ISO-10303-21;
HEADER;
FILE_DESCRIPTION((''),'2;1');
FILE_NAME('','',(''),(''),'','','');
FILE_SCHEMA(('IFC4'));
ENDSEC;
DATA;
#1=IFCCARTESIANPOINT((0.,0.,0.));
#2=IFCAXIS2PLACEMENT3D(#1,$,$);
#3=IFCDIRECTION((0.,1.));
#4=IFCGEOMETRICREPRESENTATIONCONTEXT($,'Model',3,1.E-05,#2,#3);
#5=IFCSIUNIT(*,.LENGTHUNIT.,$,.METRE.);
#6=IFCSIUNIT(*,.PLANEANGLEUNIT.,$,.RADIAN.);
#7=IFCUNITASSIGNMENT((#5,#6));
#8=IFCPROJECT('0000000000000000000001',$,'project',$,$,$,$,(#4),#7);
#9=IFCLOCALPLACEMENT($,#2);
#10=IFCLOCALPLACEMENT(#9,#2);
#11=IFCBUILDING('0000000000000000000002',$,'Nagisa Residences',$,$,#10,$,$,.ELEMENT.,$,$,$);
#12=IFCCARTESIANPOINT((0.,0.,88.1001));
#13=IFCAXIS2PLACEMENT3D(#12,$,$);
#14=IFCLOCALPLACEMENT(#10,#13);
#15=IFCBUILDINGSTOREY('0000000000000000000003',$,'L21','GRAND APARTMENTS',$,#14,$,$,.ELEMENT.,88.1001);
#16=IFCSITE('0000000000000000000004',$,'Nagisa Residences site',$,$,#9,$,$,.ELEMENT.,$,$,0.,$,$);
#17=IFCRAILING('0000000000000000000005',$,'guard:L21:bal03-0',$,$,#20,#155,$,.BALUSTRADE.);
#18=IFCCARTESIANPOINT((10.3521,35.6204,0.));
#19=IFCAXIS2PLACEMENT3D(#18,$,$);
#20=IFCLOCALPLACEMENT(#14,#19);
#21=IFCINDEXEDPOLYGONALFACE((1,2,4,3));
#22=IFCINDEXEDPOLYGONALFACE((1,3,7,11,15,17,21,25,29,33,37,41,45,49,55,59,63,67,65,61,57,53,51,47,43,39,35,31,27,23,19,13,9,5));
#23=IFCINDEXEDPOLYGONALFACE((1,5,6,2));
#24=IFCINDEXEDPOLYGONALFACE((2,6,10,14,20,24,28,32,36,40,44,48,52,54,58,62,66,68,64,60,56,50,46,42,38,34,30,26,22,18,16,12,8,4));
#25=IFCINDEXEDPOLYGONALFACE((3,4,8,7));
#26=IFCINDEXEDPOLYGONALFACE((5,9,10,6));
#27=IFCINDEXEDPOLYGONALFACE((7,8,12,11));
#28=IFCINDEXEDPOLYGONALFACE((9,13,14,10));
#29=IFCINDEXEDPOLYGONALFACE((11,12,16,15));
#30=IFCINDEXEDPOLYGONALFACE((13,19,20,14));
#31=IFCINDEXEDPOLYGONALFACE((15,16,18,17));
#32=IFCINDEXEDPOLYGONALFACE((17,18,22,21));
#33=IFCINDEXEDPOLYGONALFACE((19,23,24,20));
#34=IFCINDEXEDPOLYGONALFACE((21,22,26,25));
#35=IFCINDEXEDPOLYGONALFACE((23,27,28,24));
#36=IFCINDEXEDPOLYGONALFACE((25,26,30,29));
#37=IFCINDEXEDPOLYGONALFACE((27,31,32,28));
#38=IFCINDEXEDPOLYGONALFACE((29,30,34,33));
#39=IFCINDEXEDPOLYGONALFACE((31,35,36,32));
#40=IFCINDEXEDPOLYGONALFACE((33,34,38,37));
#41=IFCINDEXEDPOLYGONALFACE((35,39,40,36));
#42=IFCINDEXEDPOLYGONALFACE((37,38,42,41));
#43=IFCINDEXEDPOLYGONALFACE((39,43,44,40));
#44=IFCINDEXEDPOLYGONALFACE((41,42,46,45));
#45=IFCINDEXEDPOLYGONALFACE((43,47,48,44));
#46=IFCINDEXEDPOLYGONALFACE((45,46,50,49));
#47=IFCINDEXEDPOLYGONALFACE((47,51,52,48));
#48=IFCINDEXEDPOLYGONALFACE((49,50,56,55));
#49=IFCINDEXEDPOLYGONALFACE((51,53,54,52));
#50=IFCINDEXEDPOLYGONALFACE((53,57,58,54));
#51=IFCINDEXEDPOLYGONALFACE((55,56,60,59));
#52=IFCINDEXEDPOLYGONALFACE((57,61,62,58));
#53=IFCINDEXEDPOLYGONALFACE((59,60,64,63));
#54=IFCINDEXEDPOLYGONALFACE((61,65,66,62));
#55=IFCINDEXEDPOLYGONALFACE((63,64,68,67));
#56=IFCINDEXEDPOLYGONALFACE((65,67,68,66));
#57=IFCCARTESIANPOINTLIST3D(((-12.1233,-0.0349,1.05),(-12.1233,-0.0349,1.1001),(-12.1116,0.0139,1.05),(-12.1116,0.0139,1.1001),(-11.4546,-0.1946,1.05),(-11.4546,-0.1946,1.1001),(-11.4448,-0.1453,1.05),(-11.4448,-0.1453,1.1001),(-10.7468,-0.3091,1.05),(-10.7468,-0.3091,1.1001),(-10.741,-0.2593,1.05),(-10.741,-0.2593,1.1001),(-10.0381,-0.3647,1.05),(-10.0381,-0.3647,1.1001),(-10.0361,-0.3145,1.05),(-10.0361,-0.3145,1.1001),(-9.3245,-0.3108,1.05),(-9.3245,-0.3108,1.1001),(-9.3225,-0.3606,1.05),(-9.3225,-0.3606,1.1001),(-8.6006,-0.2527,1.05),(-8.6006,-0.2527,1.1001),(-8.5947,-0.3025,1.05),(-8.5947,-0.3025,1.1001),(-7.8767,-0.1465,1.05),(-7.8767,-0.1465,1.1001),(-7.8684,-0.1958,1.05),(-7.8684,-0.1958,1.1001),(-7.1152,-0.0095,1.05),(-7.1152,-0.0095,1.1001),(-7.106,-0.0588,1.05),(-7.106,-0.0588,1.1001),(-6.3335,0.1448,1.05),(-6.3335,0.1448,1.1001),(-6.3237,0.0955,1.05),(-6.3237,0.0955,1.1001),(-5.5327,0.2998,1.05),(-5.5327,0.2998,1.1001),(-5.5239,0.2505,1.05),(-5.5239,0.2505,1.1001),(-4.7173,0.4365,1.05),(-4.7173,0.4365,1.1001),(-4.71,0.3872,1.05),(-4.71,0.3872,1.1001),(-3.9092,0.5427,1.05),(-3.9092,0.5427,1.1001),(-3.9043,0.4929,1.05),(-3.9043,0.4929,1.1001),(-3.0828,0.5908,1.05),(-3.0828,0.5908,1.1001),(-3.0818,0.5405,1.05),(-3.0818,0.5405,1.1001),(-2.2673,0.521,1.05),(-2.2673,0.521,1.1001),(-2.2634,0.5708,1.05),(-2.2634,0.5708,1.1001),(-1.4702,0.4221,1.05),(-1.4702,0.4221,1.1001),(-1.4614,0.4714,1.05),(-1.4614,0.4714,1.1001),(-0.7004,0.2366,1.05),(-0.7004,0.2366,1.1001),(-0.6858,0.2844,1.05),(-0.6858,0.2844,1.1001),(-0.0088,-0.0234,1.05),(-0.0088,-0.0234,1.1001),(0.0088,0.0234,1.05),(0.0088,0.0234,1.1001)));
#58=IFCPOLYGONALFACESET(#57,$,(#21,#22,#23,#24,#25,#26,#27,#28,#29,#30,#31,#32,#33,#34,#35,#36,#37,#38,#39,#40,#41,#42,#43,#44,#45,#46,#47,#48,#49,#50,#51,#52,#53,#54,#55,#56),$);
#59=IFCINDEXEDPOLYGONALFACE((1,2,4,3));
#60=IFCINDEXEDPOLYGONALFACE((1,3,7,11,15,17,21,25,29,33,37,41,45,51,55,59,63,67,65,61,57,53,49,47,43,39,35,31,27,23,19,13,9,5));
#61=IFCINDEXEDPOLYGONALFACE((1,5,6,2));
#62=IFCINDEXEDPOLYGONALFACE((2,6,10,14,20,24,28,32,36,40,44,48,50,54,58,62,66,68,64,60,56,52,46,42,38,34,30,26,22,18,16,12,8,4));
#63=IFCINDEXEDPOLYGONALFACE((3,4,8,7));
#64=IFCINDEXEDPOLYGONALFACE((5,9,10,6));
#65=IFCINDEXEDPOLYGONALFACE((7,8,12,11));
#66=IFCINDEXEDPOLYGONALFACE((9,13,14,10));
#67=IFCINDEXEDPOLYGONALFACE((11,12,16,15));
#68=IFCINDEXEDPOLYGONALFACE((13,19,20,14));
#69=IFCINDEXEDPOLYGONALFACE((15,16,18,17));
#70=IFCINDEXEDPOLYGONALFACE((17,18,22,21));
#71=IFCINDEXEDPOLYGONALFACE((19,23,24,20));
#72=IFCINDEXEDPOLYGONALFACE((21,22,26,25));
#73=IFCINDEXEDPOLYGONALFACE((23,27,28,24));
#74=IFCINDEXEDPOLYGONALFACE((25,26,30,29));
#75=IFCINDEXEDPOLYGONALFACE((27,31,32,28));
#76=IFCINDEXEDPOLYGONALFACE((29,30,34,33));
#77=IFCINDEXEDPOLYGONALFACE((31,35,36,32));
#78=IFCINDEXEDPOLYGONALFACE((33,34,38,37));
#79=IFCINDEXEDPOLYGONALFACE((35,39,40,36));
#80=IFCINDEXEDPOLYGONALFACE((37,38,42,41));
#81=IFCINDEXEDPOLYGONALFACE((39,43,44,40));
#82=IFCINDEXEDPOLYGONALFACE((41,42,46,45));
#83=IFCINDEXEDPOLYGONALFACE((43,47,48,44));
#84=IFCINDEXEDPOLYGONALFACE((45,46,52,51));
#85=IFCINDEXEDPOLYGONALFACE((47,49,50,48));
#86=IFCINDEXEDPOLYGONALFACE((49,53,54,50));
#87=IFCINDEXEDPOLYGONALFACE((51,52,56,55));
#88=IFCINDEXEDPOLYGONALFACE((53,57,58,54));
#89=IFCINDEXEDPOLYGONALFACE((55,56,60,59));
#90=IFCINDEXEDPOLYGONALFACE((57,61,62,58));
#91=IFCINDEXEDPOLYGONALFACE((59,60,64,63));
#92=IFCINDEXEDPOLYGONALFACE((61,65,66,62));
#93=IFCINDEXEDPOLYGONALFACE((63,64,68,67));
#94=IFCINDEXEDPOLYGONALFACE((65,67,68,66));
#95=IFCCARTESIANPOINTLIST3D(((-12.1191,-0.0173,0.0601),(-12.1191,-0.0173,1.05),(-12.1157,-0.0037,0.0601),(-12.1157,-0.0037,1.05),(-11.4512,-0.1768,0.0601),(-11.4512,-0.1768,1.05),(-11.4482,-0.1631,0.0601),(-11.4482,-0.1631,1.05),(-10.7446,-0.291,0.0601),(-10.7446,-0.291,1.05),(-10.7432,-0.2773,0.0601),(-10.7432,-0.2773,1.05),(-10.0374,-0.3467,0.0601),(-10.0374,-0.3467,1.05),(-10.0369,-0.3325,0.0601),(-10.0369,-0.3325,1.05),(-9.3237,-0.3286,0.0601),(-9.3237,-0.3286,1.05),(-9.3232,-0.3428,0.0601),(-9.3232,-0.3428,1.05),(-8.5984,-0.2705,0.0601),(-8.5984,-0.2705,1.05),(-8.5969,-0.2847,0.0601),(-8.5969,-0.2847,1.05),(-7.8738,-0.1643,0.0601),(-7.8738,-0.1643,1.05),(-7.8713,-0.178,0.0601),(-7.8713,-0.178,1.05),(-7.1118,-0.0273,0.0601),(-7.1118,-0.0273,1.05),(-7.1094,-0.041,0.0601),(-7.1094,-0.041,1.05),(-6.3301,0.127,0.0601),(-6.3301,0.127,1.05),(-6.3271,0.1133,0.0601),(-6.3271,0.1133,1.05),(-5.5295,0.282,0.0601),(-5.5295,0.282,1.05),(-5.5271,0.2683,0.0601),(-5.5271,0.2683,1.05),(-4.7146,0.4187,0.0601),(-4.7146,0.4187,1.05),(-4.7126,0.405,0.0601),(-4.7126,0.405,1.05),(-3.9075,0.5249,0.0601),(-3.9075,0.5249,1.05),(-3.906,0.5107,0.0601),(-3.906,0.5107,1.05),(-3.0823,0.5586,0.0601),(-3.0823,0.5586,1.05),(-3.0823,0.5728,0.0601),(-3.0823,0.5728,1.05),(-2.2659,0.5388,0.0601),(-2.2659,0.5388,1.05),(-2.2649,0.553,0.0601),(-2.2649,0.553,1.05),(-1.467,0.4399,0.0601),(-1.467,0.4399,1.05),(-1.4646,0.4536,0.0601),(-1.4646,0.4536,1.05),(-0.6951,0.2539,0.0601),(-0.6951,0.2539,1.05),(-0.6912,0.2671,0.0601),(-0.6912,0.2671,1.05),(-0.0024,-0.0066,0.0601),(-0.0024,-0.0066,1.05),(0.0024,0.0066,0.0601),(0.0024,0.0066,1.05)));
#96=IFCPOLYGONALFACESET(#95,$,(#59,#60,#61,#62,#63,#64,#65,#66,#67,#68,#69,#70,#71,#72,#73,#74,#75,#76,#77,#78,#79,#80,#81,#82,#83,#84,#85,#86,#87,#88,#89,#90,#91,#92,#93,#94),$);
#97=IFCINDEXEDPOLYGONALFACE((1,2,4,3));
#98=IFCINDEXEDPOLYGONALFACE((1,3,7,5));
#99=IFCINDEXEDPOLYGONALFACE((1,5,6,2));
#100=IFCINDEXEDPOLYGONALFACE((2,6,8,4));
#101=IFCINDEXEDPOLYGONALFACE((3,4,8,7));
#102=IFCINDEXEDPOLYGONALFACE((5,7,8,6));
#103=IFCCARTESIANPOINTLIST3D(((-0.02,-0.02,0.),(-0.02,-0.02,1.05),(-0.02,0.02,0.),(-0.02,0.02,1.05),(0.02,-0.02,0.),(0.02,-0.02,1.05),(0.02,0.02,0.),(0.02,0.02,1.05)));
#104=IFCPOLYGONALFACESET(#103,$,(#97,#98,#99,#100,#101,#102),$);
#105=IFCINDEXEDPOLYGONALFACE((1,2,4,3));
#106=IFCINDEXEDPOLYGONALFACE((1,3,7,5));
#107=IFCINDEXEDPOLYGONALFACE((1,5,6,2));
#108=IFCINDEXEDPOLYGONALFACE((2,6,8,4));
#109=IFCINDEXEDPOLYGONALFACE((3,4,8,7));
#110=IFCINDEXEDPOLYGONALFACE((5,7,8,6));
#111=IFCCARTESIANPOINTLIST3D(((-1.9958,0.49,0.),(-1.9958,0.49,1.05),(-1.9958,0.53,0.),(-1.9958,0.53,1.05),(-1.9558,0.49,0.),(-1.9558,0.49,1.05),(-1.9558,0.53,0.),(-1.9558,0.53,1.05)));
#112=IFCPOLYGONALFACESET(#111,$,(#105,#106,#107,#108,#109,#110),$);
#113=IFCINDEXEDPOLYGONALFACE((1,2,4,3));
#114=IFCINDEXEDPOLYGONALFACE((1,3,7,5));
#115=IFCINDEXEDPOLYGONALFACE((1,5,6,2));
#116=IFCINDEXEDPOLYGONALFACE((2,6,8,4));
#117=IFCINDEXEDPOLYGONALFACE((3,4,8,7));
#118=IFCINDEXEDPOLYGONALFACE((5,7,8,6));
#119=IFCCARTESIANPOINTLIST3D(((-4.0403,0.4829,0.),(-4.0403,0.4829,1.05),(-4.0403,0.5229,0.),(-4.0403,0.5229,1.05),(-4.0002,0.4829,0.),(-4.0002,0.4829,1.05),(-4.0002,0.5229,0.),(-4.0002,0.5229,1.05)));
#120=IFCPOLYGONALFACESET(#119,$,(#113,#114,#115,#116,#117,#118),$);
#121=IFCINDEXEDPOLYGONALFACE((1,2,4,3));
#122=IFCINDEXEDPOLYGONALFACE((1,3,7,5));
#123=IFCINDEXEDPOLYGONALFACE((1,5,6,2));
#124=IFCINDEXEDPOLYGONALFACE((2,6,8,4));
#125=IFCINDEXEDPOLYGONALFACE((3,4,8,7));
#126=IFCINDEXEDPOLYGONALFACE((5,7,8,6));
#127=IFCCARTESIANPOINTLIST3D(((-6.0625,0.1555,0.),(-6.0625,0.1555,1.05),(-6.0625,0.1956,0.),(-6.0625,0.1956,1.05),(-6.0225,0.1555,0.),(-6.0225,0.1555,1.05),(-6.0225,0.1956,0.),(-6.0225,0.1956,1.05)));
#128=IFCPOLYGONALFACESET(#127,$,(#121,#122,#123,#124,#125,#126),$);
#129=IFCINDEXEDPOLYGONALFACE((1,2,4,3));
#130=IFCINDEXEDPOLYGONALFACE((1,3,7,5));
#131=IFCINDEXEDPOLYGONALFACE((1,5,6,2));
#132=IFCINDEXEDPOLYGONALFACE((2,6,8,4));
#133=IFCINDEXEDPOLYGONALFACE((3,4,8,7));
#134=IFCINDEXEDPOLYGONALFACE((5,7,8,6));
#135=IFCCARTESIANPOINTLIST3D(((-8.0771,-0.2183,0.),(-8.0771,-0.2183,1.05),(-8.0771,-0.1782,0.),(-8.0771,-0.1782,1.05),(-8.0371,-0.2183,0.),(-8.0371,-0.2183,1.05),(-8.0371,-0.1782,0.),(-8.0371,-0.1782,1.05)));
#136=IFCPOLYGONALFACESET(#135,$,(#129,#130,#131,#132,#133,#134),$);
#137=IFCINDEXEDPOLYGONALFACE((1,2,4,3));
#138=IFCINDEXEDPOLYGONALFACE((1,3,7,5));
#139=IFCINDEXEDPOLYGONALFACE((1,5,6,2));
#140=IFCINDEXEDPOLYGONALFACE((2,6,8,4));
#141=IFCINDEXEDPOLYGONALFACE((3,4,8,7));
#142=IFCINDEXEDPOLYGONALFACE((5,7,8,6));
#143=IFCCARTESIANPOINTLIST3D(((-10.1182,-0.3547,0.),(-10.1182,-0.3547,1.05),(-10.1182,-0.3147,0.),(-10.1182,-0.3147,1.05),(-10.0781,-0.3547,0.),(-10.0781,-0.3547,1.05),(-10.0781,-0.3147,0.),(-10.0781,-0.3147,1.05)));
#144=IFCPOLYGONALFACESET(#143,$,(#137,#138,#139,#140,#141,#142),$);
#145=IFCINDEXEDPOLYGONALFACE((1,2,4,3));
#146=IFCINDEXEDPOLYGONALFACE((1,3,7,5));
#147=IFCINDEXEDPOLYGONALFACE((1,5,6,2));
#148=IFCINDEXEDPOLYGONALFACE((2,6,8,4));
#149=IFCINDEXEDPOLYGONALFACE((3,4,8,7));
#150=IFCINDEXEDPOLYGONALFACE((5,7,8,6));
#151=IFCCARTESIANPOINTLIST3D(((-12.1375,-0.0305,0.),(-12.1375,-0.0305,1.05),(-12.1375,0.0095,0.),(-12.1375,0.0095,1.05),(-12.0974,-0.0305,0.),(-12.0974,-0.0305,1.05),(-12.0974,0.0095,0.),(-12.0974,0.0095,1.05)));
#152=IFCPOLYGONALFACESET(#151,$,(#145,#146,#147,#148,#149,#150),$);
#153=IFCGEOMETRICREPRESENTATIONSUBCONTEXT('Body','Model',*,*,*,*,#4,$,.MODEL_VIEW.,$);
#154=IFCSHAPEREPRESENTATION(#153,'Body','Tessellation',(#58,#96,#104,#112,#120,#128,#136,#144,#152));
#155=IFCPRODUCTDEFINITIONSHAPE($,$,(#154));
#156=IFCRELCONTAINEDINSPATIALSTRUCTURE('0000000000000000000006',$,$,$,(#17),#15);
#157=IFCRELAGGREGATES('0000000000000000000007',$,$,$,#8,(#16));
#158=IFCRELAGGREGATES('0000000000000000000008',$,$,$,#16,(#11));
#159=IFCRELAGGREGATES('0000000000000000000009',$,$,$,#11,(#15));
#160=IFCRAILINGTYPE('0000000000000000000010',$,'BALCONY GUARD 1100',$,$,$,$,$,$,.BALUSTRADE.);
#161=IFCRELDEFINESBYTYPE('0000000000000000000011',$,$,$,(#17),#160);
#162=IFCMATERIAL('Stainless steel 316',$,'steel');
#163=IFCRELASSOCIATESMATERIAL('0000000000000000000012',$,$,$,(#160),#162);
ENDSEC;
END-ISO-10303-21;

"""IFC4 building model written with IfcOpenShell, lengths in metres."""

from ifc_helpers import new_model, si_unit, direction, frame, origin, origin_2d, place, context, subcontext, project, spatial, polyline, rectangle, outline, extrude, material, type_object, element, save


model = new_model("IFC4")

# Units and contexts
model_context = context("Model", 3, precision=1e-05, world=origin(), true_north=direction((0.0, 1.0)))
body_context = subcontext(model_context, "Body", "Model", "MODEL_VIEW")
ifc_project = project(units=[si_unit("LENGTHUNIT", "METRE"), si_unit("PLANEANGLEUNIT", "RADIAN")], contexts=[model_context])

# Site, building, storey
site_placement = place(None, origin())
site = spatial("IfcSite", under=ifc_project, at=site_placement, Name="Nagisa Residences site", CompositionType="ELEMENT", RefElevation=0.0)
building_placement = place(site_placement, origin())
building = spatial("IfcBuilding", under=site, at=building_placement, Name="Nagisa Residences", CompositionType="ELEMENT")
storey_placement = place(building_placement, frame((0.0, 0.0, 88.1001)))
storey = spatial("IfcBuildingStorey", under=building, at=storey_placement, Name="L21", Description="GRAND APARTMENTS", CompositionType="ELEMENT", Elevation=88.1001)

# Railing
ifc_material_1 = material(Name="Stainless steel 316", Category="steel")
railing_type = type_object("IfcRailingType", Name="BALCONY GUARD 1100", PredefinedType="BALUSTRADE", material=ifc_material_1)
railing_placement = place(storey_placement, frame((10.3521, 35.6204, 0.0)))
element("IfcRailing", 1, at=railing_placement, inside=storey, type_object=railing_type, Name="guard:L21:bal03-0", PredefinedType="BALUSTRADE", context=body_context, shape_type="SweptSolid", body=[
    extrude(outline(polyline([(-0.7004, 0.2366), (-0.0088, -0.0234), (0.0088, 0.0234), (-0.6858, 0.2844), (-1.4614, 0.4714), (-2.2634, 0.5708), (-3.0828, 0.5908), (-3.9092, 0.5427), (-4.7173, 0.4365), (-5.5327, 0.2998), (-6.3335, 0.1448), (-7.1152, -0.0095), (-7.8767, -0.1465), (-8.6006, -0.2527), (-9.3245, -0.3108), (-10.0361, -0.3145), (-10.741, -0.2593), (-11.4448, -0.1453), (-12.1116, 0.0139), (-12.1233, -0.0349), (-11.4546, -0.1946), (-10.7468, -0.3091), (-10.0381, -0.3647), (-9.3225, -0.3606), (-8.5947, -0.3025), (-7.8684, -0.1958), (-7.106, -0.0588), (-6.3237, 0.0955), (-5.5239, 0.2505), (-4.71, 0.3872), (-3.9043, 0.4929), (-3.0818, 0.5405), (-2.2673, 0.521), (-1.4702, 0.4221), (-0.7004, 0.2366)])), frame((0.0, 0.0, 1.05)), (0.0, 0.0, 1.0), 0.05),
    extrude(outline(polyline([(-0.6951, 0.2539), (-0.0024, -0.0066), (0.0024, 0.0066), (-0.6912, 0.2671), (-1.4646, 0.4536), (-2.2649, 0.553), (-3.0823, 0.5728), (-3.9075, 0.5249), (-4.7146, 0.4187), (-5.5295, 0.282), (-6.3301, 0.127), (-7.1118, -0.0273), (-7.8738, -0.1643), (-8.5984, -0.2705), (-9.3237, -0.3286), (-10.0369, -0.3325), (-10.7432, -0.2773), (-11.4482, -0.1631), (-12.1157, -0.0037), (-12.1191, -0.0173), (-11.4512, -0.1768), (-10.7446, -0.291), (-10.0374, -0.3467), (-9.3232, -0.3428), (-8.5969, -0.2847), (-7.8713, -0.178), (-7.1094, -0.041), (-6.3271, 0.1133), (-5.5271, 0.2683), (-4.7126, 0.405), (-3.906, 0.5107), (-3.0823, 0.5586), (-2.2659, 0.5388), (-1.467, 0.4399), (-0.6951, 0.2539)])), frame((0.0, 0.0, 0.0601)), (0.0, 0.0, 1.0), 0.99),
    extrude(rectangle(XDim=0.04, YDim=0.04, at=origin_2d()), origin(), (0.0, 0.0, 1.0), 1.05),
    extrude(rectangle(XDim=0.04, YDim=0.04, at=origin_2d()), frame((-1.9758, 0.51, 0.0)), (0.0, 0.0, 1.0), 1.05),
    extrude(rectangle(XDim=0.04, YDim=0.04, at=origin_2d()), frame((-4.0203, 0.5029, 0.0)), (0.0, 0.0, 1.0), 1.05),
    extrude(rectangle(XDim=0.04, YDim=0.04, at=origin_2d()), frame((-6.0425, 0.1755, 0.0)), (0.0, 0.0, 1.0), 1.05),
    extrude(rectangle(XDim=0.04, YDim=0.04, at=origin_2d()), frame((-8.0571, -0.1982, 0.0)), (0.0, 0.0, 1.0), 1.05),
    extrude(rectangle(XDim=0.04, YDim=0.04, at=origin_2d()), frame((-10.0981, -0.3347, 0.0)), (0.0, 0.0, 1.0), 1.05),
    extrude(rectangle(XDim=0.04, YDim=0.04, at=origin_2d()), frame((-12.1174, -0.0105, 0.0)), (0.0, 0.0, 1.0), 1.05),
])

save(model, "model.ifc")
